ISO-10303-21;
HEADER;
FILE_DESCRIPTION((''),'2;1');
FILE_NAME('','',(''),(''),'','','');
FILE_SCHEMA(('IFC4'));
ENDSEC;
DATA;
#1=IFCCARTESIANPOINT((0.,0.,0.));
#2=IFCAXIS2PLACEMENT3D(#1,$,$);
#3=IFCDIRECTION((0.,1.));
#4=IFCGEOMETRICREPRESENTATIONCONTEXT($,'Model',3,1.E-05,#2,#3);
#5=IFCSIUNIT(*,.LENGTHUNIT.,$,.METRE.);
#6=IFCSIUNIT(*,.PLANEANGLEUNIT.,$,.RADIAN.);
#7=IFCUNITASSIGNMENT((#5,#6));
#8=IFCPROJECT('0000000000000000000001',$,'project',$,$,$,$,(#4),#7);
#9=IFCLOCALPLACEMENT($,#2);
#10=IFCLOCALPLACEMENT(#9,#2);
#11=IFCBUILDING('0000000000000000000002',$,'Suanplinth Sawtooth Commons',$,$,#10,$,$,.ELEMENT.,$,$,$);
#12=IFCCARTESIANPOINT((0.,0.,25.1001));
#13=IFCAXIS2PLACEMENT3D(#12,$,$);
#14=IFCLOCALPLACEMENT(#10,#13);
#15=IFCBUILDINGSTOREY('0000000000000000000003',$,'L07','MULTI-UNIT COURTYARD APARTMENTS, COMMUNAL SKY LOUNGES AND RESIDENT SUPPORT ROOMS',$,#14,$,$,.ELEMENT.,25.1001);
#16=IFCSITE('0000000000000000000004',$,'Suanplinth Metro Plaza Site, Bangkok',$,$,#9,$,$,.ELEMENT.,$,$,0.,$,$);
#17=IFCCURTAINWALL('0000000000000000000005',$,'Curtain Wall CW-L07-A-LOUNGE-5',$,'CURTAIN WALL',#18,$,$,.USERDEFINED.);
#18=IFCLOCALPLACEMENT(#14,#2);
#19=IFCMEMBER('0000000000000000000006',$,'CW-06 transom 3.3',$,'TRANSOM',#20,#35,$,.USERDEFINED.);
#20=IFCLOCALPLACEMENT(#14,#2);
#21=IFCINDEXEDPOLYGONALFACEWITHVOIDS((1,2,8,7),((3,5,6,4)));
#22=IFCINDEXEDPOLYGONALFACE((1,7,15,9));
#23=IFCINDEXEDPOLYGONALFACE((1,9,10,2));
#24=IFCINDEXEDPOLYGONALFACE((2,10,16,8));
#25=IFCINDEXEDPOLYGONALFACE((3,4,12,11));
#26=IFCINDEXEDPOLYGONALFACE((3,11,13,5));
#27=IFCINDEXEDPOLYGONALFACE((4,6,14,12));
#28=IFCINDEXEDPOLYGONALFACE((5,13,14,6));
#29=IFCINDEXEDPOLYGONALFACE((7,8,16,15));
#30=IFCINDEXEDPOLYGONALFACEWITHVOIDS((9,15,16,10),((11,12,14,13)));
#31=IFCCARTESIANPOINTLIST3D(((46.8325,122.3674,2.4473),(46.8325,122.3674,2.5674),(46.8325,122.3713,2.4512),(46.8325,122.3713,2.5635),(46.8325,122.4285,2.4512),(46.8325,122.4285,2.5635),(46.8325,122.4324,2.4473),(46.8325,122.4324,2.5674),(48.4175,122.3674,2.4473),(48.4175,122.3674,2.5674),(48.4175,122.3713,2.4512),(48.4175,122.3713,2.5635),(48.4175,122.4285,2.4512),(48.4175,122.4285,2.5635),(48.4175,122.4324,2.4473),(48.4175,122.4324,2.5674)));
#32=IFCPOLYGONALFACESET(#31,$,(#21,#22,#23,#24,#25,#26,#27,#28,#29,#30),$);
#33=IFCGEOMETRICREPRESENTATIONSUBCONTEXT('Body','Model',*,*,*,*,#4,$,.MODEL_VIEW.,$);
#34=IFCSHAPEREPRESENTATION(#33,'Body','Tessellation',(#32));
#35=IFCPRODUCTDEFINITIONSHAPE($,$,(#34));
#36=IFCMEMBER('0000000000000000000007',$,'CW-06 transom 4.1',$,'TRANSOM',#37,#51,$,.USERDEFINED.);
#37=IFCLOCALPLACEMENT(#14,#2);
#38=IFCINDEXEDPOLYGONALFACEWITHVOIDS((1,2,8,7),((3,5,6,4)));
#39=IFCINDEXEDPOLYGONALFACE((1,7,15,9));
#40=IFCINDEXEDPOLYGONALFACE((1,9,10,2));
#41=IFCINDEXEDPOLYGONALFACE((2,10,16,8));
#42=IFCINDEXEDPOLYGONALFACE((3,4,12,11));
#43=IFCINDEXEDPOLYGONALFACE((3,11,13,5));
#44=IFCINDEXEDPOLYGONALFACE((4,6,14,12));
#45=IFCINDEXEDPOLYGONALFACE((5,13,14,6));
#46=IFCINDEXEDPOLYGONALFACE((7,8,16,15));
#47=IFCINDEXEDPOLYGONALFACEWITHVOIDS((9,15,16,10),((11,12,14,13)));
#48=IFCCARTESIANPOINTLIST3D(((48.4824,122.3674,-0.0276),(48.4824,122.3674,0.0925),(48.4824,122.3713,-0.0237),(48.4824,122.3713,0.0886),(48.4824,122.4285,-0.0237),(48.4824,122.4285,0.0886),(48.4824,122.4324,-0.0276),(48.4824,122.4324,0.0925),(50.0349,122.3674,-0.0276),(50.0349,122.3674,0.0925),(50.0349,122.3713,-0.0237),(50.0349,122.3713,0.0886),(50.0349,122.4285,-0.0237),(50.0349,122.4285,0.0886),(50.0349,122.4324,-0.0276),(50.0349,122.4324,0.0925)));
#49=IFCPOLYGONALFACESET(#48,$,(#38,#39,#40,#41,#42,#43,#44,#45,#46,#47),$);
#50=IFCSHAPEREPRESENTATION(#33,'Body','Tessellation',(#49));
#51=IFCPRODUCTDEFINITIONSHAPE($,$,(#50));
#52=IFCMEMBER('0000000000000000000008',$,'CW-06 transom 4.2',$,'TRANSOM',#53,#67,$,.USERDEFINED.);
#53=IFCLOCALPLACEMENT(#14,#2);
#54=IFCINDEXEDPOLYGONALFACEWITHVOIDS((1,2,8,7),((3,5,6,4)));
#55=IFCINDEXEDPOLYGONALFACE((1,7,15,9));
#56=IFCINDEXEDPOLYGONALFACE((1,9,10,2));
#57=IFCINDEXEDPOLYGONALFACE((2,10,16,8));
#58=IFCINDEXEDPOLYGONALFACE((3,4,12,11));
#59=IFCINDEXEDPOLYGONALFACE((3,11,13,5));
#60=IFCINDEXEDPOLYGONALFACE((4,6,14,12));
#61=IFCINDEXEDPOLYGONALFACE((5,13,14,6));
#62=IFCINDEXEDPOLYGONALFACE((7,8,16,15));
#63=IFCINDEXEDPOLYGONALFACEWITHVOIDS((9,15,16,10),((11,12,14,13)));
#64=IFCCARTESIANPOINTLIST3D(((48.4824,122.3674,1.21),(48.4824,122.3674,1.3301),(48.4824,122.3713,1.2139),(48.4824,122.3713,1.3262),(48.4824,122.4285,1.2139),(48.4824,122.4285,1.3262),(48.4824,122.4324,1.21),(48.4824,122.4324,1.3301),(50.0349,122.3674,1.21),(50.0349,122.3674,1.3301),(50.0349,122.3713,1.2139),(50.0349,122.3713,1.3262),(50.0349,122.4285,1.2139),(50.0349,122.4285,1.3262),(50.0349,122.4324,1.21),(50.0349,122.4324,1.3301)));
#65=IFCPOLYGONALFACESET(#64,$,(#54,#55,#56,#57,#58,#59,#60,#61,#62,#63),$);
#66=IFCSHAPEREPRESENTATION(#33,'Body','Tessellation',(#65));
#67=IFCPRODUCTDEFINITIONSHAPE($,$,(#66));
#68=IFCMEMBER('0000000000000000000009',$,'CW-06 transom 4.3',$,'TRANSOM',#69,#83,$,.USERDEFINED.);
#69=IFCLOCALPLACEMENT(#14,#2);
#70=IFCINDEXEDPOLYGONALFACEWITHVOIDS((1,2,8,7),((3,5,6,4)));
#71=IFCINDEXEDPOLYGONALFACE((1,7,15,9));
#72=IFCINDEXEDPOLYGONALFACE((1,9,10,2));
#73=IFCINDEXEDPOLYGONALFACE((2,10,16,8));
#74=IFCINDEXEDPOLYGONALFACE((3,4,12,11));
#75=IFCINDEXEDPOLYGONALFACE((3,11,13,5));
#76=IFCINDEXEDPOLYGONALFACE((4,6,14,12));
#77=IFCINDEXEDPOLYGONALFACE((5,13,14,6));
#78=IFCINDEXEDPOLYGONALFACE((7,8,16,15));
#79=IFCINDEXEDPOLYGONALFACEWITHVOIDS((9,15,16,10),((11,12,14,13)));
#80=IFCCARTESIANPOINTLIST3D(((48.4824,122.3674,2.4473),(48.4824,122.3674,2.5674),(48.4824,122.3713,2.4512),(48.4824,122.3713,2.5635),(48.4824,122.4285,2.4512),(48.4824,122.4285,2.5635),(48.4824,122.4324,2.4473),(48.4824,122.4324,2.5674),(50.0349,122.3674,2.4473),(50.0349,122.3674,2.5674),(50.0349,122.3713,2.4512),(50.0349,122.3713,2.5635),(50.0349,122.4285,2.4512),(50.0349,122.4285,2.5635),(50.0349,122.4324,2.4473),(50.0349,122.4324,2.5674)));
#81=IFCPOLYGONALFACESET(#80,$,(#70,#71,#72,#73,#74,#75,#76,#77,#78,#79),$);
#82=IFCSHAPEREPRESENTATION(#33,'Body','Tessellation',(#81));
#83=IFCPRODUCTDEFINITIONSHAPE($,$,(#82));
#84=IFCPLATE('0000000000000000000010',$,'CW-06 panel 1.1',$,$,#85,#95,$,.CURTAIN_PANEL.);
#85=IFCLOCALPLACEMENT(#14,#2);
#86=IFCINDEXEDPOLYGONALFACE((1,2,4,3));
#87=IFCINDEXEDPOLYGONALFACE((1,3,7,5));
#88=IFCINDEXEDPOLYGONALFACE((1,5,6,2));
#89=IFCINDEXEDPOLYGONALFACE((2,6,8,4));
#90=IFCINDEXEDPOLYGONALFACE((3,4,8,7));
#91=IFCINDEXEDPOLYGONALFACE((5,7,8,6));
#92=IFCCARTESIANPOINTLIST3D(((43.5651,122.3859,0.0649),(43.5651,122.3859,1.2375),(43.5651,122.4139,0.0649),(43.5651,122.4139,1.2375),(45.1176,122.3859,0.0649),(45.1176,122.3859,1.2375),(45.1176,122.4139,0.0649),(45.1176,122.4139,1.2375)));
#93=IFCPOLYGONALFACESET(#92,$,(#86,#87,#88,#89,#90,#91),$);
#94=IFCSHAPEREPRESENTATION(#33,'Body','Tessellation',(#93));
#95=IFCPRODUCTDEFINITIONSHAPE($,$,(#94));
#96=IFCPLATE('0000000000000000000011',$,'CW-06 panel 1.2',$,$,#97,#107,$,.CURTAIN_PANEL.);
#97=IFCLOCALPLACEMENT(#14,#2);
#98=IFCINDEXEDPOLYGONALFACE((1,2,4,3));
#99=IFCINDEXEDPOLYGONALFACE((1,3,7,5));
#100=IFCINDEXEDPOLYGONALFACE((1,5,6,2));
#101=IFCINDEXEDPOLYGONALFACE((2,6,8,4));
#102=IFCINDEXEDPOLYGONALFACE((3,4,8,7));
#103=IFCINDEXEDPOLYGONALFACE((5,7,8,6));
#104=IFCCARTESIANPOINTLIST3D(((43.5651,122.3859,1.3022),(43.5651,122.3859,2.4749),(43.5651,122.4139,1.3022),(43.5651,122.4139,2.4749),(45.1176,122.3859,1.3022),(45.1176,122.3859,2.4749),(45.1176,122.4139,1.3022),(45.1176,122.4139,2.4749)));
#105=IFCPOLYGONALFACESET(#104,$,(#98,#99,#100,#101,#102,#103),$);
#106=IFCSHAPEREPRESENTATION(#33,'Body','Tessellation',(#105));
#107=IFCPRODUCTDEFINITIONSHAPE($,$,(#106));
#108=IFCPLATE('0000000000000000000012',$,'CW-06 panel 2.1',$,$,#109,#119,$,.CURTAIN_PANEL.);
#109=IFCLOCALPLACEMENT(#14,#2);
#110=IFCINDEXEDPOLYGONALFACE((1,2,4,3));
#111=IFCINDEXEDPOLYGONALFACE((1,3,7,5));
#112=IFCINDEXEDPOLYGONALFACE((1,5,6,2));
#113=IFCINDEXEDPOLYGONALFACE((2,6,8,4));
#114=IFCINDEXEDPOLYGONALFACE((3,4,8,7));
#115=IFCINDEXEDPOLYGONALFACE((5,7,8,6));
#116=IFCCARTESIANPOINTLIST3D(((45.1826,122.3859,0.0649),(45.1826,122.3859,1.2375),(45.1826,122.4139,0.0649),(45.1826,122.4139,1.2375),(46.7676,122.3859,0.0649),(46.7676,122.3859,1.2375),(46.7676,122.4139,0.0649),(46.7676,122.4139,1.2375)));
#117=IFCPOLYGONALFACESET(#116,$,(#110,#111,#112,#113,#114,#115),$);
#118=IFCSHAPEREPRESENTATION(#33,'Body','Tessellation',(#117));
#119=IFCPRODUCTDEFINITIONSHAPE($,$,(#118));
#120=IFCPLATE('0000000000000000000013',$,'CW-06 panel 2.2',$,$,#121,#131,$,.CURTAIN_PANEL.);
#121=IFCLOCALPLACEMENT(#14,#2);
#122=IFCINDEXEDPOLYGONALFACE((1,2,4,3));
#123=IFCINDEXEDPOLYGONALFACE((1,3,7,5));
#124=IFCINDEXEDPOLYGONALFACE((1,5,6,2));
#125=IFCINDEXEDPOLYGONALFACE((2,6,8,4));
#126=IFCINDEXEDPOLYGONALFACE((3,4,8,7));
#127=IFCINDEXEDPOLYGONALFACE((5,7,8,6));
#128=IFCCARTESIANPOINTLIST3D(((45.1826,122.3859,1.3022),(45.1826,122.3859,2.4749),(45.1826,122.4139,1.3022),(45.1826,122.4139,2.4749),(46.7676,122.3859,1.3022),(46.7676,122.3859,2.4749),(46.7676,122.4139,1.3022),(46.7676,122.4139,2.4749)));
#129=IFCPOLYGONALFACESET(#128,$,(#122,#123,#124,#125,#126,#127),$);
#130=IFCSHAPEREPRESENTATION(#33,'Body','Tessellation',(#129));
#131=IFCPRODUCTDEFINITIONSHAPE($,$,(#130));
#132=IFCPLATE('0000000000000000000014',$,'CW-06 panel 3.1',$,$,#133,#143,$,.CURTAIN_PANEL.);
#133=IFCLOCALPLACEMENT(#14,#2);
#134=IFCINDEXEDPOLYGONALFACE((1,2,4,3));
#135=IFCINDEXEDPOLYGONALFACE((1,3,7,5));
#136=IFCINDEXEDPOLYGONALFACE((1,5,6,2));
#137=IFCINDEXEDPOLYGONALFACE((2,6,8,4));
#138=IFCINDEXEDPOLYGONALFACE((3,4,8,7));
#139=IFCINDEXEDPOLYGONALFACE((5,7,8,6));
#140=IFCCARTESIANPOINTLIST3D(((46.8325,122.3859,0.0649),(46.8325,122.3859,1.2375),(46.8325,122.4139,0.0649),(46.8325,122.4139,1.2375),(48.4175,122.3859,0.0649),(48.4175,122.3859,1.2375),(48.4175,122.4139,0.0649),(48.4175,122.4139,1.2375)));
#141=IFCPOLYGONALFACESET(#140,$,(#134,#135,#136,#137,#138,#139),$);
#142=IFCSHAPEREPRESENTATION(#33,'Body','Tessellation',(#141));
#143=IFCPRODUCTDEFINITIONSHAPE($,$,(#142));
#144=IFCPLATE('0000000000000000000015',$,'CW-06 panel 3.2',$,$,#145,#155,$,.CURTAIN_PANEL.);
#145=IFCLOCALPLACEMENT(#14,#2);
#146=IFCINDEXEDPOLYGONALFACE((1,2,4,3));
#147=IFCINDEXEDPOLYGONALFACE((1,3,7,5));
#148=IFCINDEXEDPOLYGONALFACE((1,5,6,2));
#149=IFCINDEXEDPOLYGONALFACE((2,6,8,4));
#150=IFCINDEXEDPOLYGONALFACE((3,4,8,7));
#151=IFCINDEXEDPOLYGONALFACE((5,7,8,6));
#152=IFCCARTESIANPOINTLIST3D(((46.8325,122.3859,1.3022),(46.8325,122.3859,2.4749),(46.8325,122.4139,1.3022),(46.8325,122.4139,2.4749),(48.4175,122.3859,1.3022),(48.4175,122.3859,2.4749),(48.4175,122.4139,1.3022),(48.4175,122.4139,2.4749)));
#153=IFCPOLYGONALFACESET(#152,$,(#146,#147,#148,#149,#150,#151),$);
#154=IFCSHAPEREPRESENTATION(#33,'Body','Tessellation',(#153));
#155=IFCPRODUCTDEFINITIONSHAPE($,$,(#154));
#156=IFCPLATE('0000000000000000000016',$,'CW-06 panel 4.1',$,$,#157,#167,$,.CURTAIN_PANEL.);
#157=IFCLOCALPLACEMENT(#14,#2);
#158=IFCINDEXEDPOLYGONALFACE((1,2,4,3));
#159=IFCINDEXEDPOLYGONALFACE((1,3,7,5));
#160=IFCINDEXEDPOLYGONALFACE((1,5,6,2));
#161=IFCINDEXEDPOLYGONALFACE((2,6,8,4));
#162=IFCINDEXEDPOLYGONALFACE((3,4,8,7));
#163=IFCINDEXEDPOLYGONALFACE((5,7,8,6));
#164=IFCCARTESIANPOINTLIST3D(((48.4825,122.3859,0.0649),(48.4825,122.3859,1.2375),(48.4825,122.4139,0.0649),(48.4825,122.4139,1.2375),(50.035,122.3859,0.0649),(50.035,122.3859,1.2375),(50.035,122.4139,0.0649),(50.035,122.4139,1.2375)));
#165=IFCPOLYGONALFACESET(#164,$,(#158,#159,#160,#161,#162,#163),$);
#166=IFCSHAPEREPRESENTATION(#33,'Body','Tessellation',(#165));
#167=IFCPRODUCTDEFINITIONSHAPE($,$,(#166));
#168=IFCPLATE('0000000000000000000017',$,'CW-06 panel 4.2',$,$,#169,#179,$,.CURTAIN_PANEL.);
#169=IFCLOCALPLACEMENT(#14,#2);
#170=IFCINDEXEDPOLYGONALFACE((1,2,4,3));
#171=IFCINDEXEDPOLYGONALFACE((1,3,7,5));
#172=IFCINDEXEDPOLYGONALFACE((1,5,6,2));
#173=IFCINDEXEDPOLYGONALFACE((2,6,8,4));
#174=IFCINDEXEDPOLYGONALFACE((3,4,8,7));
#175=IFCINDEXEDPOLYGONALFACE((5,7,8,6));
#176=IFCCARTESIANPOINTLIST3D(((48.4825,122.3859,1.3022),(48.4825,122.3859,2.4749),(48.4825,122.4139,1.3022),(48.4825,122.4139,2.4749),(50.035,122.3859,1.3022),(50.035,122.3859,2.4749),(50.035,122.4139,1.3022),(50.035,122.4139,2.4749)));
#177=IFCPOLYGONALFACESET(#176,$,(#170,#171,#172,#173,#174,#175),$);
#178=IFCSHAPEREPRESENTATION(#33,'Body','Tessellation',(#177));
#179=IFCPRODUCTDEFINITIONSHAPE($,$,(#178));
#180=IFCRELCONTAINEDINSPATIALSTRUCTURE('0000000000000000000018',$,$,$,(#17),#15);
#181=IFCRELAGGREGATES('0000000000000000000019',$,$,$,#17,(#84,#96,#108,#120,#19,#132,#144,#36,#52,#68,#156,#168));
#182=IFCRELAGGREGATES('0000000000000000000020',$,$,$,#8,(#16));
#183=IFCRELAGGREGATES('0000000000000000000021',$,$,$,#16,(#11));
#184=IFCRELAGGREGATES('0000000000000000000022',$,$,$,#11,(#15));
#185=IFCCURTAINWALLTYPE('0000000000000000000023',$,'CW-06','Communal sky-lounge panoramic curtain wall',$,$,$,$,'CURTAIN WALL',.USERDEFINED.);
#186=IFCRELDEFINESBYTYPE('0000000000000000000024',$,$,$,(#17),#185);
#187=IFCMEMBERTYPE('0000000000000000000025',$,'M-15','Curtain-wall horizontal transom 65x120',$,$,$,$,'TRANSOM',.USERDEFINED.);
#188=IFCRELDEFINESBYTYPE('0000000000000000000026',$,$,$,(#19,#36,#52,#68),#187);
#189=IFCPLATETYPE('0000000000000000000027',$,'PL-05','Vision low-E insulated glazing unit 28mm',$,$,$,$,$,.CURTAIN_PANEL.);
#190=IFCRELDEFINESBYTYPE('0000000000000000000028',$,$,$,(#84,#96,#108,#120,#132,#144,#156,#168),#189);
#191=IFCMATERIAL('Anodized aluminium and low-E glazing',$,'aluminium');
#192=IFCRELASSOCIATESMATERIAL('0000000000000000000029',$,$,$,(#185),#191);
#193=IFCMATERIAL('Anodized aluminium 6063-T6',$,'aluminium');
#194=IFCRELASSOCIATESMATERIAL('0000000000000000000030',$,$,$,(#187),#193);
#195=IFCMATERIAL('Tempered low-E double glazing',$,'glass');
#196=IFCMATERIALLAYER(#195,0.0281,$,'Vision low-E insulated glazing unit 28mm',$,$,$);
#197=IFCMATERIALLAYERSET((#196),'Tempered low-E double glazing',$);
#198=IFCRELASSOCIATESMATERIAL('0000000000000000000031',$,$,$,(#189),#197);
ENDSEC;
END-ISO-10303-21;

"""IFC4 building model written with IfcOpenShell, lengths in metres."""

from ifc_helpers import new_model, si_unit, direction, frame, origin, origin_2d, place, context, subcontext, project, spatial, rectangle, hollow_rectangle, extrude, material, layer, layer_set, material_profile, profile_set, type_object, element, aggregate, save


model = new_model("IFC4")

# Units and contexts
model_context = context("Model", 3, precision=1e-05, world=origin(), true_north=direction((0.0, 1.0)))
body_context = subcontext(model_context, "Body", "Model", "MODEL_VIEW")
ifc_project = project(units=[si_unit("LENGTHUNIT", "METRE"), si_unit("PLANEANGLEUNIT", "RADIAN")], contexts=[model_context])

# Site, building, storey
site_placement = place(None, origin())
site = spatial("IfcSite", under=ifc_project, at=site_placement, Name="Suanplinth Metro Plaza Site, Bangkok", CompositionType="ELEMENT", RefElevation=0.0)
building_placement = place(site_placement, origin())
building = spatial("IfcBuilding", under=site, at=building_placement, Name="Suanplinth Sawtooth Commons", CompositionType="ELEMENT")
storey_placement = place(building_placement, frame((0.0, 0.0, 25.1001)))
storey = spatial("IfcBuildingStorey", under=building, at=storey_placement, Name="L07", Description="MULTI-UNIT COURTYARD APARTMENTS, COMMUNAL SKY LOUNGES AND RESIDENT SUPPORT ROOMS", CompositionType="ELEMENT", Elevation=25.1001)

# Curtain wall, members, plates
ifc_material_1 = material(Name="Anodized aluminium and low-E glazing", Category="aluminium")
curtain_wall_type = type_object("IfcCurtainWallType", Name="CW-06", Description="Communal sky-lounge panoramic curtain wall", ElementType="CURTAIN WALL", PredefinedType="USERDEFINED", material=ifc_material_1)
curtain_wall_placement = place(storey_placement, origin())
curtain_wall = element("IfcCurtainWall", 1, at=curtain_wall_placement, inside=storey, type_object=curtain_wall_type, Name="Curtain Wall CW-L07-A-LOUNGE-5", ObjectType="CURTAIN WALL", PredefinedType="USERDEFINED")
ifc_material_2 = material(Name="Anodized aluminium 6063-T6", Category="aluminium")
ifc_material_profile_1 = material_profile(ifc_material_2, hollow_rectangle(XDim=0.0649, YDim=0.1201, WallThickness=0.0039, at=origin_2d()), Name="ALU-TRN 65x120")
ifc_profile_set_1 = profile_set([ifc_material_profile_1], Name="Anodized aluminium 6063-T6")
member_type_1 = type_object("IfcMemberType", Name="M-15", Description="Curtain-wall horizontal transom 65x120", ElementType="TRANSOM", PredefinedType="USERDEFINED", material=ifc_profile_set_1)
member_1_placement = place(storey_placement, frame((46.8325, 122.3999, 2.5073), z_axis=(1.0, 0.0, 0.0), x_axis=(0.0, 1.0, 0.0)))
member_1 = element("IfcMember", 2, at=member_1_placement, type_object=member_type_1, Name="CW-06 transom 3.3", ObjectType="TRANSOM", PredefinedType="USERDEFINED", context=body_context, shape_type="SweptSolid", body=[
    extrude(hollow_rectangle(XDim=0.0649, YDim=0.1201, WallThickness=0.0039, at=origin_2d()), origin(), (0.0, 0.0, 1.0), 1.585),
])
member_2_placement = place(storey_placement, frame((48.4824, 122.3999, 0.0325), z_axis=(1.0, 0.0, 0.0), x_axis=(0.0, 1.0, 0.0)))
member_2 = element("IfcMember", 3, at=member_2_placement, type_object=member_type_1, Name="CW-06 transom 4.1", ObjectType="TRANSOM", PredefinedType="USERDEFINED", context=body_context, shape_type="SweptSolid", body=[
    extrude(hollow_rectangle(XDim=0.0649, YDim=0.1201, WallThickness=0.0039, at=origin_2d()), origin(), (0.0, 0.0, 1.0), 1.5525),
])
member_3_placement = place(storey_placement, frame((48.4824, 122.3999, 1.27), z_axis=(1.0, 0.0, 0.0), x_axis=(0.0, 1.0, 0.0)))
member_3 = element("IfcMember", 4, at=member_3_placement, type_object=member_type_1, Name="CW-06 transom 4.2", ObjectType="TRANSOM", PredefinedType="USERDEFINED", context=body_context, shape_type="SweptSolid", body=[
    extrude(hollow_rectangle(XDim=0.0649, YDim=0.1201, WallThickness=0.0039, at=origin_2d()), origin(), (0.0, 0.0, 1.0), 1.5525),
])
member_4_placement = place(storey_placement, frame((48.4824, 122.3999, 2.5073), z_axis=(1.0, 0.0, 0.0), x_axis=(0.0, 1.0, 0.0)))
member_4 = element("IfcMember", 5, at=member_4_placement, type_object=member_type_1, Name="CW-06 transom 4.3", ObjectType="TRANSOM", PredefinedType="USERDEFINED", context=body_context, shape_type="SweptSolid", body=[
    extrude(hollow_rectangle(XDim=0.0649, YDim=0.1201, WallThickness=0.0039, at=origin_2d()), origin(), (0.0, 0.0, 1.0), 1.5525),
])
ifc_material_3 = material(Name="Tempered low-E double glazing", Category="glass")
ifc_layer_1 = layer(ifc_material_3, 0.0281, Name="Vision low-E insulated glazing unit 28mm")
ifc_layer_set_1 = layer_set([ifc_layer_1], Name="Tempered low-E double glazing")
plate_type = type_object("IfcPlateType", Name="PL-05", Description="Vision low-E insulated glazing unit 28mm", PredefinedType="CURTAIN_PANEL", material=ifc_layer_set_1)
plate_1_placement = place(storey_placement, frame((44.3413, 122.3999, 0.0649), z_axis=(0.0, 0.0, 1.0), x_axis=(1.0, 0.0, 0.0)))
plate_1 = element("IfcPlate", 6, at=plate_1_placement, type_object=plate_type, Name="CW-06 panel 1.1", PredefinedType="CURTAIN_PANEL", context=body_context, shape_type="SweptSolid", body=[
    extrude(rectangle(XDim=1.5525, YDim=0.0281, at=origin_2d()), origin(), (0.0, 0.0, 1.0), 1.1726),
])
plate_2_placement = place(storey_placement, frame((44.3413, 122.3999, 1.3022), z_axis=(0.0, 0.0, 1.0), x_axis=(1.0, 0.0, 0.0)))
plate_2 = element("IfcPlate", 7, at=plate_2_placement, type_object=plate_type, Name="CW-06 panel 1.2", PredefinedType="CURTAIN_PANEL", context=body_context, shape_type="SweptSolid", body=[
    extrude(rectangle(XDim=1.5525, YDim=0.0281, at=origin_2d()), origin(), (0.0, 0.0, 1.0), 1.1726),
])
plate_3_placement = place(storey_placement, frame((45.9751, 122.3999, 0.0649), z_axis=(0.0, 0.0, 1.0), x_axis=(1.0, 0.0, 0.0)))
plate_3 = element("IfcPlate", 8, at=plate_3_placement, type_object=plate_type, Name="CW-06 panel 2.1", PredefinedType="CURTAIN_PANEL", context=body_context, shape_type="SweptSolid", body=[
    extrude(rectangle(XDim=1.585, YDim=0.0281, at=origin_2d()), origin(), (0.0, 0.0, 1.0), 1.1726),
])
plate_4_placement = place(storey_placement, frame((45.9751, 122.3999, 1.3022), z_axis=(0.0, 0.0, 1.0), x_axis=(1.0, 0.0, 0.0)))
plate_4 = element("IfcPlate", 9, at=plate_4_placement, type_object=plate_type, Name="CW-06 panel 2.2", PredefinedType="CURTAIN_PANEL", context=body_context, shape_type="SweptSolid", body=[
    extrude(rectangle(XDim=1.585, YDim=0.0281, at=origin_2d()), origin(), (0.0, 0.0, 1.0), 1.1726),
])
plate_5_placement = place(storey_placement, frame((47.625, 122.3999, 0.0649), z_axis=(0.0, 0.0, 1.0), x_axis=(1.0, 0.0, 0.0)))
plate_5 = element("IfcPlate", 10, at=plate_5_placement, type_object=plate_type, Name="CW-06 panel 3.1", PredefinedType="CURTAIN_PANEL", context=body_context, shape_type="SweptSolid", body=[
    extrude(rectangle(XDim=1.585, YDim=0.0281, at=origin_2d()), origin(), (0.0, 0.0, 1.0), 1.1726),
])
plate_6_placement = place(storey_placement, frame((47.625, 122.3999, 1.3022), z_axis=(0.0, 0.0, 1.0), x_axis=(1.0, 0.0, 0.0)))
plate_6 = element("IfcPlate", 11, at=plate_6_placement, type_object=plate_type, Name="CW-06 panel 3.2", PredefinedType="CURTAIN_PANEL", context=body_context, shape_type="SweptSolid", body=[
    extrude(rectangle(XDim=1.585, YDim=0.0281, at=origin_2d()), origin(), (0.0, 0.0, 1.0), 1.1726),
])
plate_7_placement = place(storey_placement, frame((49.2588, 122.3999, 0.0649), z_axis=(0.0, 0.0, 1.0), x_axis=(1.0, 0.0, 0.0)))
plate_7 = element("IfcPlate", 12, at=plate_7_placement, type_object=plate_type, Name="CW-06 panel 4.1", PredefinedType="CURTAIN_PANEL", context=body_context, shape_type="SweptSolid", body=[
    extrude(rectangle(XDim=1.5525, YDim=0.0281, at=origin_2d()), origin(), (0.0, 0.0, 1.0), 1.1726),
])
plate_8_placement = place(storey_placement, frame((49.2588, 122.3999, 1.3022), z_axis=(0.0, 0.0, 1.0), x_axis=(1.0, 0.0, 0.0)))
plate_8 = element("IfcPlate", 13, at=plate_8_placement, type_object=plate_type, Name="CW-06 panel 4.2", PredefinedType="CURTAIN_PANEL", context=body_context, shape_type="SweptSolid", body=[
    extrude(rectangle(XDim=1.5525, YDim=0.0281, at=origin_2d()), origin(), (0.0, 0.0, 1.0), 1.1726),
])
aggregate(curtain_wall, [plate_1, plate_2, plate_3, plate_4, member_1, plate_5, plate_6, member_2, member_3, member_4, plate_7, plate_8])

save(model, "model.ifc")
